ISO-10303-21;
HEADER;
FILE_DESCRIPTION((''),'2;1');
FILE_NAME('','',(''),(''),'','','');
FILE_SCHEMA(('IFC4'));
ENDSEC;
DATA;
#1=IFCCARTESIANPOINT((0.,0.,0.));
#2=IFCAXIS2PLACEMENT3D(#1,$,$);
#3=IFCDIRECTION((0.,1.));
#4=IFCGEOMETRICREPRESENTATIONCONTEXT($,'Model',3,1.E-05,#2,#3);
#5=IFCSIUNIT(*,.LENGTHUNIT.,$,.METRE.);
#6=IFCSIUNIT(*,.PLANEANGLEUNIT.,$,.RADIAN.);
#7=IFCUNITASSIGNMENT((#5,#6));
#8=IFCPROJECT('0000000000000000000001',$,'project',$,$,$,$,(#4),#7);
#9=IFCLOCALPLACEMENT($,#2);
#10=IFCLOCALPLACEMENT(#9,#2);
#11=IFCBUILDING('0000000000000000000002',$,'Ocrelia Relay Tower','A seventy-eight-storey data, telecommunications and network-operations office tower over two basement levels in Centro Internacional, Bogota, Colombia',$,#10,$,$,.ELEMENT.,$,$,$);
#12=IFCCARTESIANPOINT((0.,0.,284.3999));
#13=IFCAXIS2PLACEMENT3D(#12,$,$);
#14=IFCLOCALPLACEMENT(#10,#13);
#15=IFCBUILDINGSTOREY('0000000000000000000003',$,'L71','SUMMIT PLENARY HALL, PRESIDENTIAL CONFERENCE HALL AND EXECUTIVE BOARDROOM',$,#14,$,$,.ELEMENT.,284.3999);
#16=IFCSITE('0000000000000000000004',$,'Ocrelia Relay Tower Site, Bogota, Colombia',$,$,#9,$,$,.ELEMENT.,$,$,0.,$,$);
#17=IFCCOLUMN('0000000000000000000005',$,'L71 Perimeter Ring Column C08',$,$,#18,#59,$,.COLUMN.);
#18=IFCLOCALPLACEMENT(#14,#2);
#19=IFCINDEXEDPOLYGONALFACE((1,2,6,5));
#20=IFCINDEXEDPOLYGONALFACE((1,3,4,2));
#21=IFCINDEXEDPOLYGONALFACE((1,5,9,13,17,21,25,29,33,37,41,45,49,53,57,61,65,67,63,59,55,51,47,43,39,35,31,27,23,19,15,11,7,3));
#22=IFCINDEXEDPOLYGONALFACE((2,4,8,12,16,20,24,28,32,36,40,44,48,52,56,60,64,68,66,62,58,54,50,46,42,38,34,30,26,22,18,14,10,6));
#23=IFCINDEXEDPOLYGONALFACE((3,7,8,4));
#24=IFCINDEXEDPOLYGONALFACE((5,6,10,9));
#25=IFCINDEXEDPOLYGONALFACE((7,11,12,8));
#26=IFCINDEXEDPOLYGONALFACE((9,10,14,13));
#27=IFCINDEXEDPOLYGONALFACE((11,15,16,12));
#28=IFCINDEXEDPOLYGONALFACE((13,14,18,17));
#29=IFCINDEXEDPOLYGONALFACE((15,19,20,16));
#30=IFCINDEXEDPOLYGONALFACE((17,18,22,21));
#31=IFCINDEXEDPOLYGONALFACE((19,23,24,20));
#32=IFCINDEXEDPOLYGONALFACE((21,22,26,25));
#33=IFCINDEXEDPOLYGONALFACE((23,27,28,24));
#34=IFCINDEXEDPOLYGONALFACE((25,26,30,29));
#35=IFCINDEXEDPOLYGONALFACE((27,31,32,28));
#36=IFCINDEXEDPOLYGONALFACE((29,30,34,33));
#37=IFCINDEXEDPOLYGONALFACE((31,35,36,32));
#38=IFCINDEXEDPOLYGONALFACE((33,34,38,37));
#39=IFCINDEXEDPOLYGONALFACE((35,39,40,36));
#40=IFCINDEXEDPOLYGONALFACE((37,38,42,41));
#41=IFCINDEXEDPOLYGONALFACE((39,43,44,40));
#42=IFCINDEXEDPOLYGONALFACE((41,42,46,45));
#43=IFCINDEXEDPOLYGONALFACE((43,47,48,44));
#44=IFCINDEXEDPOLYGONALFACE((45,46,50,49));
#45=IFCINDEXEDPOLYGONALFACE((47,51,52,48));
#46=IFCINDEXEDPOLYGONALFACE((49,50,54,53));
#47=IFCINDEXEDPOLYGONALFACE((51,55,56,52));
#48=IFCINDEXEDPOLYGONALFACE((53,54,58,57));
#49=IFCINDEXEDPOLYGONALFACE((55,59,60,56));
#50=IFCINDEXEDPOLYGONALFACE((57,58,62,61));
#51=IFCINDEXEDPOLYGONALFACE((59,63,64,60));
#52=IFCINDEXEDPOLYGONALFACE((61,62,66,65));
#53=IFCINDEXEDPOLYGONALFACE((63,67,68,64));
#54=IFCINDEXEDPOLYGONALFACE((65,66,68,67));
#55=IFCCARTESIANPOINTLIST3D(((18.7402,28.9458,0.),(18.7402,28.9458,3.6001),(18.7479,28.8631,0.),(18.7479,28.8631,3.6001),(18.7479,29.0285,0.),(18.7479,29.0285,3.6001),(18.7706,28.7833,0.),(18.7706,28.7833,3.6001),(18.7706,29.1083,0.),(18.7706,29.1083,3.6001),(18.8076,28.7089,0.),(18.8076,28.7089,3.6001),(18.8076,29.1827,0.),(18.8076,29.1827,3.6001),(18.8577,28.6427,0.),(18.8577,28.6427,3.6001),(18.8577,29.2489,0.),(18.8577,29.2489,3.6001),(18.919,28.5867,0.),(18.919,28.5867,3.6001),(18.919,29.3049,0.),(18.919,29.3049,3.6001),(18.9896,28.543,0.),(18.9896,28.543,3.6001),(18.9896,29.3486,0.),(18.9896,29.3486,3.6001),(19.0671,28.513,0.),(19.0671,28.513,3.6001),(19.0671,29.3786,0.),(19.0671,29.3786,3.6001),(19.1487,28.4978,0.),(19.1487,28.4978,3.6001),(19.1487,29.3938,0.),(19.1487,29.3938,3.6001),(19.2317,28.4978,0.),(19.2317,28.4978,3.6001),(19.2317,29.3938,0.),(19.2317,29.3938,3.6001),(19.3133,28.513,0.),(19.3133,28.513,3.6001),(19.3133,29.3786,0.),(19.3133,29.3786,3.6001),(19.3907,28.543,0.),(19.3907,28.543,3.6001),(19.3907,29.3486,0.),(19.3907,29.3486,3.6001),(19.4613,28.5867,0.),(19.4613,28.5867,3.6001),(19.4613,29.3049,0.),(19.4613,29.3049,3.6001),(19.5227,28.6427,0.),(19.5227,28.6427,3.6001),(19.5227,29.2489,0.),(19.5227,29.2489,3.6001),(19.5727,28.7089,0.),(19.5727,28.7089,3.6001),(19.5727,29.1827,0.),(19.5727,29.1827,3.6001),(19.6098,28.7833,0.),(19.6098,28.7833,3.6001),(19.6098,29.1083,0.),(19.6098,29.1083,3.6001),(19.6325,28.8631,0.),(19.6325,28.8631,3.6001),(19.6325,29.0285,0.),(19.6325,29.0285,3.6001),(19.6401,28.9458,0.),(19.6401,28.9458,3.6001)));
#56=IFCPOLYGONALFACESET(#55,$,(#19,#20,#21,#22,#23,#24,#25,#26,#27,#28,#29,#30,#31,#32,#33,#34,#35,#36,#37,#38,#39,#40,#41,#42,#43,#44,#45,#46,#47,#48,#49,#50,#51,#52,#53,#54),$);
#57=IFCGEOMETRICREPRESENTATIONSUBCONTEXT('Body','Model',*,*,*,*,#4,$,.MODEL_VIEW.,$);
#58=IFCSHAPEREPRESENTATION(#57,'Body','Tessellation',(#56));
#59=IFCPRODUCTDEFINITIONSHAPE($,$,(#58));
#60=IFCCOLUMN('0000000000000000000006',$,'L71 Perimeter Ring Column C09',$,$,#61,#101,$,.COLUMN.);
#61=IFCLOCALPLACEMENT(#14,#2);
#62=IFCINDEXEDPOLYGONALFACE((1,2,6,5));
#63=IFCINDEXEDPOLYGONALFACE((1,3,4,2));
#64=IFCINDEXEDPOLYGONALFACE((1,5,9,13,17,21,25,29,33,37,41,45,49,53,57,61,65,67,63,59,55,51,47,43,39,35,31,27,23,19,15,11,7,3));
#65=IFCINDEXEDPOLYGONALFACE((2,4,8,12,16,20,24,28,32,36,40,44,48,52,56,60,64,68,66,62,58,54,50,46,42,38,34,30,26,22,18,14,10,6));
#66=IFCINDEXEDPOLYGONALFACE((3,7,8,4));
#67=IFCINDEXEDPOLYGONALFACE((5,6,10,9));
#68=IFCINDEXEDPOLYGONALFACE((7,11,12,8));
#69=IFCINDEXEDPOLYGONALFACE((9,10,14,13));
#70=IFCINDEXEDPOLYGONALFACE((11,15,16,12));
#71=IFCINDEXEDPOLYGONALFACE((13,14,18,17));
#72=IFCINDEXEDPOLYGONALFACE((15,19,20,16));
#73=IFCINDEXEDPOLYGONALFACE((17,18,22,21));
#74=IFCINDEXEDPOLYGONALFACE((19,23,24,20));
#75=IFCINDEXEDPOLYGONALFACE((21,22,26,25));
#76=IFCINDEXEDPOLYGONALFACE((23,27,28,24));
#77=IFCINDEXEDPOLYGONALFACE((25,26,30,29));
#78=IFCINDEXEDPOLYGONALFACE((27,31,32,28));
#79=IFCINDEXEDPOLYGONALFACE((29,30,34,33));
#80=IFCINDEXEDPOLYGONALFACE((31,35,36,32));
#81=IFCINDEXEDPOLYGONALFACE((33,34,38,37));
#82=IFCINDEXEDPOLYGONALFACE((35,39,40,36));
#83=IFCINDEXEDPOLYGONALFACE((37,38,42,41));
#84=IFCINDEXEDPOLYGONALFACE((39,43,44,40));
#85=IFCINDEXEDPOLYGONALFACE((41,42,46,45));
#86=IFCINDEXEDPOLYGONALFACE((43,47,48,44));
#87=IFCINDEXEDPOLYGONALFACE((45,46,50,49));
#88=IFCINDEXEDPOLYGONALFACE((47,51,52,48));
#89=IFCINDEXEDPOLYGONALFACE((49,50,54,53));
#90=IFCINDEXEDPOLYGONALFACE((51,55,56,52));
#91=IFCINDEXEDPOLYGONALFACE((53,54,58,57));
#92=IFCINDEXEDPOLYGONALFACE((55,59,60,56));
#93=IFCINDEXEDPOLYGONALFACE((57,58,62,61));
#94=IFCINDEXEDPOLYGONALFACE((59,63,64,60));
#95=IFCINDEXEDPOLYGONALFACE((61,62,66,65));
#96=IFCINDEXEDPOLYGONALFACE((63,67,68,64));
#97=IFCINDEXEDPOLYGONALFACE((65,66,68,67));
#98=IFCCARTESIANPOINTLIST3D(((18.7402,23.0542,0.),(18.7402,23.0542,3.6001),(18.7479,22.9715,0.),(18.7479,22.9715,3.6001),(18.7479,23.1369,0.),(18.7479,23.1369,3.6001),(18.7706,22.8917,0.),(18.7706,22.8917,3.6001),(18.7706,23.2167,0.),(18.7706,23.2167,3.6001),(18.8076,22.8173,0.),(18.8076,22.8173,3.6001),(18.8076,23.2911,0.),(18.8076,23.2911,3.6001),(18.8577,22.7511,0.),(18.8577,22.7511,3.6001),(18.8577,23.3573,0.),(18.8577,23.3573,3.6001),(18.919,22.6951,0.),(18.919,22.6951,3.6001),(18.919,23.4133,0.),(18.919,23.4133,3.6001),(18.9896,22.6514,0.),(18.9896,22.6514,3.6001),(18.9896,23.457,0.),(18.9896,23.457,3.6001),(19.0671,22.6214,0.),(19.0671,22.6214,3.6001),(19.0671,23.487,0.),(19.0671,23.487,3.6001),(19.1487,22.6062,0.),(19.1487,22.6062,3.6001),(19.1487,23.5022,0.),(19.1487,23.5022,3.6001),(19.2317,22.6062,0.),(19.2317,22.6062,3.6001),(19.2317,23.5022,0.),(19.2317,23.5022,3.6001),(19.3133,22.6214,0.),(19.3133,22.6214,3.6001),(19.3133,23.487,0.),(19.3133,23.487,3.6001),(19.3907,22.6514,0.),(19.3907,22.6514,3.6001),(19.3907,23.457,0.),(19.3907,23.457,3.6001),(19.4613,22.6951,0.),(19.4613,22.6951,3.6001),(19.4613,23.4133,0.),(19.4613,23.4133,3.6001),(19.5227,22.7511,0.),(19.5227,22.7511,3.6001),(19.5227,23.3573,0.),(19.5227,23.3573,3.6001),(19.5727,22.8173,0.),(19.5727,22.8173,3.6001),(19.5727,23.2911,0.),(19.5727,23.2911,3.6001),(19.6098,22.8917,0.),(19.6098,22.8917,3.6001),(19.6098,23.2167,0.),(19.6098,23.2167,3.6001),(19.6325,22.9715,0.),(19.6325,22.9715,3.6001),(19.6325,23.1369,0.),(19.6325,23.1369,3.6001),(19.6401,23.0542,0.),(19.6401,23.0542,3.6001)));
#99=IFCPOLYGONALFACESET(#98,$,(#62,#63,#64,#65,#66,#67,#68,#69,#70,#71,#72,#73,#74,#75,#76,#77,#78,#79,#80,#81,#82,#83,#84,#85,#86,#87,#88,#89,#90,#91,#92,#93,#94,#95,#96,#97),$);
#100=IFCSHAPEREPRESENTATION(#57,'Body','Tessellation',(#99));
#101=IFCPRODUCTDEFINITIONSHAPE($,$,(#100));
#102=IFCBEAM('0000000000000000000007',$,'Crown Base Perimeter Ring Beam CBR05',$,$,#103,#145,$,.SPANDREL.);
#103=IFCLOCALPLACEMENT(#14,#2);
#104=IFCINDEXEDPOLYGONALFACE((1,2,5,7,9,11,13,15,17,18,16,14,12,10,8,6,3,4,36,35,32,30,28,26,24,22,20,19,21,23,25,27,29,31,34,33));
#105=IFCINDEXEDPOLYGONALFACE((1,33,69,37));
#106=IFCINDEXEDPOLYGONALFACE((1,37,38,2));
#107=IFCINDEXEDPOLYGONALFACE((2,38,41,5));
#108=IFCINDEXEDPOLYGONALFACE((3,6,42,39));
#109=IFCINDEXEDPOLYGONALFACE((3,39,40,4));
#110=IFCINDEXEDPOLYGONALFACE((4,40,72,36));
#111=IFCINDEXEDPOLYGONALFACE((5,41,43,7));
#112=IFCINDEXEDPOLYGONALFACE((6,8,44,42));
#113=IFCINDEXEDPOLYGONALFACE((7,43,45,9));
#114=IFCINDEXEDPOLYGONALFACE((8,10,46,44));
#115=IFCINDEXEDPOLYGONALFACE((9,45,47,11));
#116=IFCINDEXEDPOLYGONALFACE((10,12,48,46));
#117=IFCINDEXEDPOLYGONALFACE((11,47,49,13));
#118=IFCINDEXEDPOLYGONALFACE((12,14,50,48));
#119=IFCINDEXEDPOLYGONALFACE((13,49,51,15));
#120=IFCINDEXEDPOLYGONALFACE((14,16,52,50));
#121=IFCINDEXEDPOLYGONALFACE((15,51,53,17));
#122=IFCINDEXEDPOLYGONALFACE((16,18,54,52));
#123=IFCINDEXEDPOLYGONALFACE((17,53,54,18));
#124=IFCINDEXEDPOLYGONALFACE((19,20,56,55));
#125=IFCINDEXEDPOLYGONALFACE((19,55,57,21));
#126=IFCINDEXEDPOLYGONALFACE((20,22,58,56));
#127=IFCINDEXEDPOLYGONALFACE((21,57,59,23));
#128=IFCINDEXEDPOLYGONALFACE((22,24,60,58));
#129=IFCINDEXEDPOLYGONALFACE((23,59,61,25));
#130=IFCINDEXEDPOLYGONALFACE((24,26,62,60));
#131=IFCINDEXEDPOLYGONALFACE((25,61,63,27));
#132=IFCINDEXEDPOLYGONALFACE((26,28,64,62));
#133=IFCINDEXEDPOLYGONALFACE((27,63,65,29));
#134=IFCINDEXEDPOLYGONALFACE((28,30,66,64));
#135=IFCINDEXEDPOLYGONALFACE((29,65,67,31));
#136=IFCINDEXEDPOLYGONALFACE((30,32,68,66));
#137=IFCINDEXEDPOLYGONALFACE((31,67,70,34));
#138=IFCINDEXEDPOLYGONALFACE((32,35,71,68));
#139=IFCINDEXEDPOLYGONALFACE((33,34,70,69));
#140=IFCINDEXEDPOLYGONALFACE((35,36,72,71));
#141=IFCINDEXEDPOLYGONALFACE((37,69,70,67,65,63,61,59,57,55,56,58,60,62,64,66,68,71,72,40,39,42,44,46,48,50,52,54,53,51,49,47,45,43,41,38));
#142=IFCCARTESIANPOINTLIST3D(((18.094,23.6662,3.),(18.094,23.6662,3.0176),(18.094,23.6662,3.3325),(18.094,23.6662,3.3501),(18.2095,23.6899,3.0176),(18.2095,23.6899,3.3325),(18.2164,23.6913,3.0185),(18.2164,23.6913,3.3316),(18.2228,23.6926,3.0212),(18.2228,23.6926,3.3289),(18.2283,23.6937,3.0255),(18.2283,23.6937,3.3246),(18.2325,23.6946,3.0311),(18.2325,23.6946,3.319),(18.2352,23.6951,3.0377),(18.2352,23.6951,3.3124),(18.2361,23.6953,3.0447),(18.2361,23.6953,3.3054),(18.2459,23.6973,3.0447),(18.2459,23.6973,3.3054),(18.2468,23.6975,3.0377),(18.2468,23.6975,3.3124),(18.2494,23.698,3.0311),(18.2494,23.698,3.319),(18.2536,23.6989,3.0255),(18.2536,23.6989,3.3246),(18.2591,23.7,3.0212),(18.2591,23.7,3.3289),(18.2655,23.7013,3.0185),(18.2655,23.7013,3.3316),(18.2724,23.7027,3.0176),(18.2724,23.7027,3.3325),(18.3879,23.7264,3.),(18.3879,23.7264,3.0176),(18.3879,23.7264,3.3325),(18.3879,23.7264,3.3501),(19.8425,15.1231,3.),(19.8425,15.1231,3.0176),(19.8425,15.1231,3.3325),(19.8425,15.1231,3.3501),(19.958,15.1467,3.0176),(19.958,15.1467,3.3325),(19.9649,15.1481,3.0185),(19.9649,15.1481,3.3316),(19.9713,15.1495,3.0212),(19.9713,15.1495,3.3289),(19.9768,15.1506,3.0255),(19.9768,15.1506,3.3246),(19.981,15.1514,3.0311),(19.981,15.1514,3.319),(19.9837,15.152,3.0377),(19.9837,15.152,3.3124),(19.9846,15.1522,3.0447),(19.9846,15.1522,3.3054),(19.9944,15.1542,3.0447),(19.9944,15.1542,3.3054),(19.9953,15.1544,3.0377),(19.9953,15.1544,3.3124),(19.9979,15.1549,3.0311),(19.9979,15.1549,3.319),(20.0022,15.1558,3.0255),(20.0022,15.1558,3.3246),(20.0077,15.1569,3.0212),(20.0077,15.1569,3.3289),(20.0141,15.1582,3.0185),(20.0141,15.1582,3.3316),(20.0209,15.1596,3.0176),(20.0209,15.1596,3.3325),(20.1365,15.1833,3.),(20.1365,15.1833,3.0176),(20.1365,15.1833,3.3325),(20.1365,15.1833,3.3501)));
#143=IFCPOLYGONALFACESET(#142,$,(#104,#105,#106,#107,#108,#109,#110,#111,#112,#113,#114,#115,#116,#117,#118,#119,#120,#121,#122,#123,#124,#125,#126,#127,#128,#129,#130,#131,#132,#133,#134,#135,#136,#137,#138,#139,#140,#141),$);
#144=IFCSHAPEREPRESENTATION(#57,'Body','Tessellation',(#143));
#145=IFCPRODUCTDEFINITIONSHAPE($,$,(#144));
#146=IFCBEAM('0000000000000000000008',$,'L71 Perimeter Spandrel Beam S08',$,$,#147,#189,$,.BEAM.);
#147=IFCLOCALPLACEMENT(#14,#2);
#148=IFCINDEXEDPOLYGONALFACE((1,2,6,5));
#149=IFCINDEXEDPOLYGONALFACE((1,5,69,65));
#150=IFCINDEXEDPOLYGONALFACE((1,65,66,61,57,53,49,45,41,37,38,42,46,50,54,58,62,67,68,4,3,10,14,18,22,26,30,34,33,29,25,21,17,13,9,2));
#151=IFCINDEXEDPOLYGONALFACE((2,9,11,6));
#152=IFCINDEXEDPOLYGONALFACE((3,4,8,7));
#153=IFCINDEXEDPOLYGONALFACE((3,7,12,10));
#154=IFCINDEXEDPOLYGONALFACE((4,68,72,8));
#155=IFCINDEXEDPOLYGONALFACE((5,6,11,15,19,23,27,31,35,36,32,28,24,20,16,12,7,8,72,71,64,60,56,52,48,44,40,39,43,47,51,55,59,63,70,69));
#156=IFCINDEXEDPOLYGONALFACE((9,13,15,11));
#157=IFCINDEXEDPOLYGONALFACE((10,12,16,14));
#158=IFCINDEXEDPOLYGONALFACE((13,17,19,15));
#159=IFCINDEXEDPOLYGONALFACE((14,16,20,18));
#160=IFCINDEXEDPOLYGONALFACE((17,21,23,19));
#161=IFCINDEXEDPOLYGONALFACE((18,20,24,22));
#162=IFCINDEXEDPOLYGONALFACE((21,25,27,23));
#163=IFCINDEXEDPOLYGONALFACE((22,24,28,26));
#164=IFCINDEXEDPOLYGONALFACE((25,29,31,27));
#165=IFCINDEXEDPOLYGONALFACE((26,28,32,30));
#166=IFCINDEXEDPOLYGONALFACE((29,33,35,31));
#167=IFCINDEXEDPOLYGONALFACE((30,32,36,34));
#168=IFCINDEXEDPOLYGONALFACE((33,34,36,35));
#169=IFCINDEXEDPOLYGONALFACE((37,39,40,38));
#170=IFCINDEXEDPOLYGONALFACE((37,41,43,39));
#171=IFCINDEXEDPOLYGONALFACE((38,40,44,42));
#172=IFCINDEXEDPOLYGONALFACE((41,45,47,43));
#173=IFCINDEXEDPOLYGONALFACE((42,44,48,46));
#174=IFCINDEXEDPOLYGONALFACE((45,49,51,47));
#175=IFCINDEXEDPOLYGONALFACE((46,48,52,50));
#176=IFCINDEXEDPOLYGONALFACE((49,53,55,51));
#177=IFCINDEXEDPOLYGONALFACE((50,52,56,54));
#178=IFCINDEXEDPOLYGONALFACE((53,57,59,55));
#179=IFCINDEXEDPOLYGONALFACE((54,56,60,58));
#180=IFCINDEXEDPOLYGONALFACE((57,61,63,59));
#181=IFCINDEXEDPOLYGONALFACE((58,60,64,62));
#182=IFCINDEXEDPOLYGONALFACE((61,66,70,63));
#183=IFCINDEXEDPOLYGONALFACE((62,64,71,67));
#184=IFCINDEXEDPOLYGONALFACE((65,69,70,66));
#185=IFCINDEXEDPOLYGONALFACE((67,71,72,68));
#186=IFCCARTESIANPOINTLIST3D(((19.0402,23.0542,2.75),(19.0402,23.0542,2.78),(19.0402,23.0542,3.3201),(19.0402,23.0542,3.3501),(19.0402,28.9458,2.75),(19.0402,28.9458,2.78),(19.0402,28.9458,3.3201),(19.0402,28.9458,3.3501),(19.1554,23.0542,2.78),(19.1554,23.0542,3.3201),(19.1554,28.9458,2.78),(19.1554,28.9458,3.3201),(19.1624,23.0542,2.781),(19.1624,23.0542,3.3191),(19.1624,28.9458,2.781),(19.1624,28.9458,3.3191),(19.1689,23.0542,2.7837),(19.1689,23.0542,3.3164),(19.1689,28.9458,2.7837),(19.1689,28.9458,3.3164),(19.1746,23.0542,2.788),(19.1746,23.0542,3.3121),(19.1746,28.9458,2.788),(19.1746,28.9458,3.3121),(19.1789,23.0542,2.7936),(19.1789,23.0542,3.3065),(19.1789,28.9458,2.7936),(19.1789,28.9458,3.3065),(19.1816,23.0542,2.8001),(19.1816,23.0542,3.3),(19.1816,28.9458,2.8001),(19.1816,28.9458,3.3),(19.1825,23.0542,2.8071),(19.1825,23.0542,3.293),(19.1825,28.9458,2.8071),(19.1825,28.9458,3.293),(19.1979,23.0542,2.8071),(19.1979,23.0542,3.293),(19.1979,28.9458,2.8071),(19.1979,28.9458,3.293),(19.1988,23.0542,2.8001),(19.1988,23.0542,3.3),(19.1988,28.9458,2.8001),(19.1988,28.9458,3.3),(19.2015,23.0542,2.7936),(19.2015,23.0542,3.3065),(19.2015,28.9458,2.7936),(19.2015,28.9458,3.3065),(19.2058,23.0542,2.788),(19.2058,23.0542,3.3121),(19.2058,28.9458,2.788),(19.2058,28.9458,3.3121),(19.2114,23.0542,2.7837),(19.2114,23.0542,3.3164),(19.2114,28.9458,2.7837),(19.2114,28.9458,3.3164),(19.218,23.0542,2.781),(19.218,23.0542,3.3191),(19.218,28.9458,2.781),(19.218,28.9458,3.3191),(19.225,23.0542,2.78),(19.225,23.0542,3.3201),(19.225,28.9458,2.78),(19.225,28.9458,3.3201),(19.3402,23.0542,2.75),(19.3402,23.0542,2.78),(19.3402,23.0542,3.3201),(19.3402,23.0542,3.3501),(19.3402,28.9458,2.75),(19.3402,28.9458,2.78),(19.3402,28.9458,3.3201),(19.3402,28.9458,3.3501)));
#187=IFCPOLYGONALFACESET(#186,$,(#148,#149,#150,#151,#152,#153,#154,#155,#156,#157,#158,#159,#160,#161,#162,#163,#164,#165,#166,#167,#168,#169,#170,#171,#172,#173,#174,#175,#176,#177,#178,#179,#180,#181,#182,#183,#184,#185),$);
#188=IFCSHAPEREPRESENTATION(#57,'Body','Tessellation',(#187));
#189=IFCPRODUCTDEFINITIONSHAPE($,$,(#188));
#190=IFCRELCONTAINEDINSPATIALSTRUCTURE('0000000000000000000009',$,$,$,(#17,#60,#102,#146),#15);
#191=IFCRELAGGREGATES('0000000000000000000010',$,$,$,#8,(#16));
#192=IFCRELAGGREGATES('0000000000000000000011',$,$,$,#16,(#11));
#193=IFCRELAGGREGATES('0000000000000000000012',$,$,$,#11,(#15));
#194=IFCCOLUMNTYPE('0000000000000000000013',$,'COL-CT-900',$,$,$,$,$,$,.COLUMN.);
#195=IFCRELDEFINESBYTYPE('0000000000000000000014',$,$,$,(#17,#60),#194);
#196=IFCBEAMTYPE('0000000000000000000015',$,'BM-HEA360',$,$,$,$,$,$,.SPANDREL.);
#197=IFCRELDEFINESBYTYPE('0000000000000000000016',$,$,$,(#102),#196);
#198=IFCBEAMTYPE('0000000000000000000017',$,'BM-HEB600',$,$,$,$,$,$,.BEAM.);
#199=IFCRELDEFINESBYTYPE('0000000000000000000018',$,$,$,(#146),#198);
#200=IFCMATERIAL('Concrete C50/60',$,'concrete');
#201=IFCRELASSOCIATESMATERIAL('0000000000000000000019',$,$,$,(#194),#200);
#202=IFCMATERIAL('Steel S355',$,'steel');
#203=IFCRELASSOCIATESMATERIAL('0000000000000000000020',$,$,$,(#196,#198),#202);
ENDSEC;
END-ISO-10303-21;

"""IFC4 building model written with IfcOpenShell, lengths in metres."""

from ifc_helpers import new_model, si_unit, direction, frame, origin, origin_2d, place, context, subcontext, project, spatial, circle, i_section, extrude, material, material_profile, profile_set, type_object, element, save


model = new_model("IFC4")

# Units and contexts
model_context = context("Model", 3, precision=1e-05, world=origin(), true_north=direction((0.0, 1.0)))
body_context = subcontext(model_context, "Body", "Model", "MODEL_VIEW")
ifc_project = project(units=[si_unit("LENGTHUNIT", "METRE"), si_unit("PLANEANGLEUNIT", "RADIAN")], contexts=[model_context])

# Site, building, storey
site_placement = place(None, origin())
site = spatial("IfcSite", under=ifc_project, at=site_placement, Name="Ocrelia Relay Tower Site, Bogota, Colombia", CompositionType="ELEMENT", RefElevation=0.0)
building_placement = place(site_placement, origin())
building = spatial("IfcBuilding", under=site, at=building_placement, Name="Ocrelia Relay Tower", Description="A seventy-eight-storey data, telecommunications and network-operations office tower over two basement levels in Centro Internacional, Bogota, Colombia", CompositionType="ELEMENT")
storey_placement = place(building_placement, frame((0.0, 0.0, 284.3999)))
storey = spatial("IfcBuildingStorey", under=building, at=storey_placement, Name="L71", Description="SUMMIT PLENARY HALL, PRESIDENTIAL CONFERENCE HALL AND EXECUTIVE BOARDROOM", CompositionType="ELEMENT", Elevation=284.3999)

# Columns
ifc_material_1 = material(Name="Concrete C50/60", Category="concrete")
ifc_material_profile_1 = material_profile(ifc_material_1, circle(Radius=0.45, at=origin_2d()), Name="RC-CIR-900")
ifc_profile_set_1 = profile_set([ifc_material_profile_1], Name="Concrete C50/60")
column_type = type_object("IfcColumnType", Name="COL-CT-900", PredefinedType="COLUMN", material=ifc_profile_set_1)
for number, where, z_axis, x_axis, name in (
    (1, (19.1902, 28.9458, 0.0), (0.0, 0.0, 1.0), (1.0, 0.0, 0.0), "L71 Perimeter Ring Column C08"),
    (2, (19.1902, 23.0542, 0.0), (0.0, 0.0, 1.0), (1.0, 0.0, 0.0), "L71 Perimeter Ring Column C09"),
):
    element("IfcColumn", number, at=place(storey_placement, frame(where, z_axis=z_axis, x_axis=x_axis)), inside=storey, type_object=column_type, Name=name, PredefinedType="COLUMN", context=body_context, shape_type="SweptSolid", body=[
        extrude(circle(Radius=0.45, at=origin_2d()), origin(), (0.0, 0.0, 1.0), 3.6001),
    ])

# Beams
ifc_material_2 = material(Name="Steel S355", Category="steel")
ifc_material_profile_2 = material_profile(ifc_material_2, i_section(OverallWidth=0.3, OverallDepth=0.3501, WebThickness=0.01, FlangeThickness=0.0176, FilletRadius=0.0271, at=origin_2d()), Name="HEA 360")
ifc_profile_set_2 = profile_set([ifc_material_profile_2], Name="Steel S355")
beam_type_1 = type_object("IfcBeamType", Name="BM-HEA360", PredefinedType="SPANDREL", material=ifc_profile_set_2)
beam_1_placement = place(storey_placement, frame((18.241, 23.6963, 3.175), z_axis=(0.200513, -0.979691, 0.0), x_axis=(0.979691, 0.200513, 0.0)))
element("IfcBeam", 3, at=beam_1_placement, inside=storey, type_object=beam_type_1, Name="Crown Base Perimeter Ring Beam CBR05", PredefinedType="SPANDREL", context=body_context, shape_type="SweptSolid", body=[
    extrude(i_section(OverallWidth=0.3, OverallDepth=0.3501, WebThickness=0.01, FlangeThickness=0.0176, FilletRadius=0.0271, at=origin_2d()), origin(), (0.0, 0.0, 1.0), 8.7202),
])
ifc_material_profile_3 = material_profile(ifc_material_2, i_section(OverallWidth=0.3, OverallDepth=0.6001, WebThickness=0.0154, FlangeThickness=0.03, FilletRadius=0.0271, at=origin_2d()), Name="HEB 600")
ifc_profile_set_3 = profile_set([ifc_material_profile_3], Name="Steel S355")
beam_type_2 = type_object("IfcBeamType", Name="BM-HEB600", PredefinedType="BEAM", material=ifc_profile_set_3)
beam_2_placement = place(storey_placement, frame((19.1902, 28.9458, 3.05), z_axis=(0.0, -1.0, 0.0), x_axis=(1.0, 0.0, 0.0)))
element("IfcBeam", 4, at=beam_2_placement, inside=storey, type_object=beam_type_2, Name="L71 Perimeter Spandrel Beam S08", PredefinedType="BEAM", context=body_context, shape_type="SweptSolid", body=[
    extrude(i_section(OverallWidth=0.3, OverallDepth=0.6001, WebThickness=0.0154, FlangeThickness=0.03, FilletRadius=0.0271, at=origin_2d()), origin(), (0.0, 0.0, 1.0), 5.8916),
])

save(model, "model.ifc")
